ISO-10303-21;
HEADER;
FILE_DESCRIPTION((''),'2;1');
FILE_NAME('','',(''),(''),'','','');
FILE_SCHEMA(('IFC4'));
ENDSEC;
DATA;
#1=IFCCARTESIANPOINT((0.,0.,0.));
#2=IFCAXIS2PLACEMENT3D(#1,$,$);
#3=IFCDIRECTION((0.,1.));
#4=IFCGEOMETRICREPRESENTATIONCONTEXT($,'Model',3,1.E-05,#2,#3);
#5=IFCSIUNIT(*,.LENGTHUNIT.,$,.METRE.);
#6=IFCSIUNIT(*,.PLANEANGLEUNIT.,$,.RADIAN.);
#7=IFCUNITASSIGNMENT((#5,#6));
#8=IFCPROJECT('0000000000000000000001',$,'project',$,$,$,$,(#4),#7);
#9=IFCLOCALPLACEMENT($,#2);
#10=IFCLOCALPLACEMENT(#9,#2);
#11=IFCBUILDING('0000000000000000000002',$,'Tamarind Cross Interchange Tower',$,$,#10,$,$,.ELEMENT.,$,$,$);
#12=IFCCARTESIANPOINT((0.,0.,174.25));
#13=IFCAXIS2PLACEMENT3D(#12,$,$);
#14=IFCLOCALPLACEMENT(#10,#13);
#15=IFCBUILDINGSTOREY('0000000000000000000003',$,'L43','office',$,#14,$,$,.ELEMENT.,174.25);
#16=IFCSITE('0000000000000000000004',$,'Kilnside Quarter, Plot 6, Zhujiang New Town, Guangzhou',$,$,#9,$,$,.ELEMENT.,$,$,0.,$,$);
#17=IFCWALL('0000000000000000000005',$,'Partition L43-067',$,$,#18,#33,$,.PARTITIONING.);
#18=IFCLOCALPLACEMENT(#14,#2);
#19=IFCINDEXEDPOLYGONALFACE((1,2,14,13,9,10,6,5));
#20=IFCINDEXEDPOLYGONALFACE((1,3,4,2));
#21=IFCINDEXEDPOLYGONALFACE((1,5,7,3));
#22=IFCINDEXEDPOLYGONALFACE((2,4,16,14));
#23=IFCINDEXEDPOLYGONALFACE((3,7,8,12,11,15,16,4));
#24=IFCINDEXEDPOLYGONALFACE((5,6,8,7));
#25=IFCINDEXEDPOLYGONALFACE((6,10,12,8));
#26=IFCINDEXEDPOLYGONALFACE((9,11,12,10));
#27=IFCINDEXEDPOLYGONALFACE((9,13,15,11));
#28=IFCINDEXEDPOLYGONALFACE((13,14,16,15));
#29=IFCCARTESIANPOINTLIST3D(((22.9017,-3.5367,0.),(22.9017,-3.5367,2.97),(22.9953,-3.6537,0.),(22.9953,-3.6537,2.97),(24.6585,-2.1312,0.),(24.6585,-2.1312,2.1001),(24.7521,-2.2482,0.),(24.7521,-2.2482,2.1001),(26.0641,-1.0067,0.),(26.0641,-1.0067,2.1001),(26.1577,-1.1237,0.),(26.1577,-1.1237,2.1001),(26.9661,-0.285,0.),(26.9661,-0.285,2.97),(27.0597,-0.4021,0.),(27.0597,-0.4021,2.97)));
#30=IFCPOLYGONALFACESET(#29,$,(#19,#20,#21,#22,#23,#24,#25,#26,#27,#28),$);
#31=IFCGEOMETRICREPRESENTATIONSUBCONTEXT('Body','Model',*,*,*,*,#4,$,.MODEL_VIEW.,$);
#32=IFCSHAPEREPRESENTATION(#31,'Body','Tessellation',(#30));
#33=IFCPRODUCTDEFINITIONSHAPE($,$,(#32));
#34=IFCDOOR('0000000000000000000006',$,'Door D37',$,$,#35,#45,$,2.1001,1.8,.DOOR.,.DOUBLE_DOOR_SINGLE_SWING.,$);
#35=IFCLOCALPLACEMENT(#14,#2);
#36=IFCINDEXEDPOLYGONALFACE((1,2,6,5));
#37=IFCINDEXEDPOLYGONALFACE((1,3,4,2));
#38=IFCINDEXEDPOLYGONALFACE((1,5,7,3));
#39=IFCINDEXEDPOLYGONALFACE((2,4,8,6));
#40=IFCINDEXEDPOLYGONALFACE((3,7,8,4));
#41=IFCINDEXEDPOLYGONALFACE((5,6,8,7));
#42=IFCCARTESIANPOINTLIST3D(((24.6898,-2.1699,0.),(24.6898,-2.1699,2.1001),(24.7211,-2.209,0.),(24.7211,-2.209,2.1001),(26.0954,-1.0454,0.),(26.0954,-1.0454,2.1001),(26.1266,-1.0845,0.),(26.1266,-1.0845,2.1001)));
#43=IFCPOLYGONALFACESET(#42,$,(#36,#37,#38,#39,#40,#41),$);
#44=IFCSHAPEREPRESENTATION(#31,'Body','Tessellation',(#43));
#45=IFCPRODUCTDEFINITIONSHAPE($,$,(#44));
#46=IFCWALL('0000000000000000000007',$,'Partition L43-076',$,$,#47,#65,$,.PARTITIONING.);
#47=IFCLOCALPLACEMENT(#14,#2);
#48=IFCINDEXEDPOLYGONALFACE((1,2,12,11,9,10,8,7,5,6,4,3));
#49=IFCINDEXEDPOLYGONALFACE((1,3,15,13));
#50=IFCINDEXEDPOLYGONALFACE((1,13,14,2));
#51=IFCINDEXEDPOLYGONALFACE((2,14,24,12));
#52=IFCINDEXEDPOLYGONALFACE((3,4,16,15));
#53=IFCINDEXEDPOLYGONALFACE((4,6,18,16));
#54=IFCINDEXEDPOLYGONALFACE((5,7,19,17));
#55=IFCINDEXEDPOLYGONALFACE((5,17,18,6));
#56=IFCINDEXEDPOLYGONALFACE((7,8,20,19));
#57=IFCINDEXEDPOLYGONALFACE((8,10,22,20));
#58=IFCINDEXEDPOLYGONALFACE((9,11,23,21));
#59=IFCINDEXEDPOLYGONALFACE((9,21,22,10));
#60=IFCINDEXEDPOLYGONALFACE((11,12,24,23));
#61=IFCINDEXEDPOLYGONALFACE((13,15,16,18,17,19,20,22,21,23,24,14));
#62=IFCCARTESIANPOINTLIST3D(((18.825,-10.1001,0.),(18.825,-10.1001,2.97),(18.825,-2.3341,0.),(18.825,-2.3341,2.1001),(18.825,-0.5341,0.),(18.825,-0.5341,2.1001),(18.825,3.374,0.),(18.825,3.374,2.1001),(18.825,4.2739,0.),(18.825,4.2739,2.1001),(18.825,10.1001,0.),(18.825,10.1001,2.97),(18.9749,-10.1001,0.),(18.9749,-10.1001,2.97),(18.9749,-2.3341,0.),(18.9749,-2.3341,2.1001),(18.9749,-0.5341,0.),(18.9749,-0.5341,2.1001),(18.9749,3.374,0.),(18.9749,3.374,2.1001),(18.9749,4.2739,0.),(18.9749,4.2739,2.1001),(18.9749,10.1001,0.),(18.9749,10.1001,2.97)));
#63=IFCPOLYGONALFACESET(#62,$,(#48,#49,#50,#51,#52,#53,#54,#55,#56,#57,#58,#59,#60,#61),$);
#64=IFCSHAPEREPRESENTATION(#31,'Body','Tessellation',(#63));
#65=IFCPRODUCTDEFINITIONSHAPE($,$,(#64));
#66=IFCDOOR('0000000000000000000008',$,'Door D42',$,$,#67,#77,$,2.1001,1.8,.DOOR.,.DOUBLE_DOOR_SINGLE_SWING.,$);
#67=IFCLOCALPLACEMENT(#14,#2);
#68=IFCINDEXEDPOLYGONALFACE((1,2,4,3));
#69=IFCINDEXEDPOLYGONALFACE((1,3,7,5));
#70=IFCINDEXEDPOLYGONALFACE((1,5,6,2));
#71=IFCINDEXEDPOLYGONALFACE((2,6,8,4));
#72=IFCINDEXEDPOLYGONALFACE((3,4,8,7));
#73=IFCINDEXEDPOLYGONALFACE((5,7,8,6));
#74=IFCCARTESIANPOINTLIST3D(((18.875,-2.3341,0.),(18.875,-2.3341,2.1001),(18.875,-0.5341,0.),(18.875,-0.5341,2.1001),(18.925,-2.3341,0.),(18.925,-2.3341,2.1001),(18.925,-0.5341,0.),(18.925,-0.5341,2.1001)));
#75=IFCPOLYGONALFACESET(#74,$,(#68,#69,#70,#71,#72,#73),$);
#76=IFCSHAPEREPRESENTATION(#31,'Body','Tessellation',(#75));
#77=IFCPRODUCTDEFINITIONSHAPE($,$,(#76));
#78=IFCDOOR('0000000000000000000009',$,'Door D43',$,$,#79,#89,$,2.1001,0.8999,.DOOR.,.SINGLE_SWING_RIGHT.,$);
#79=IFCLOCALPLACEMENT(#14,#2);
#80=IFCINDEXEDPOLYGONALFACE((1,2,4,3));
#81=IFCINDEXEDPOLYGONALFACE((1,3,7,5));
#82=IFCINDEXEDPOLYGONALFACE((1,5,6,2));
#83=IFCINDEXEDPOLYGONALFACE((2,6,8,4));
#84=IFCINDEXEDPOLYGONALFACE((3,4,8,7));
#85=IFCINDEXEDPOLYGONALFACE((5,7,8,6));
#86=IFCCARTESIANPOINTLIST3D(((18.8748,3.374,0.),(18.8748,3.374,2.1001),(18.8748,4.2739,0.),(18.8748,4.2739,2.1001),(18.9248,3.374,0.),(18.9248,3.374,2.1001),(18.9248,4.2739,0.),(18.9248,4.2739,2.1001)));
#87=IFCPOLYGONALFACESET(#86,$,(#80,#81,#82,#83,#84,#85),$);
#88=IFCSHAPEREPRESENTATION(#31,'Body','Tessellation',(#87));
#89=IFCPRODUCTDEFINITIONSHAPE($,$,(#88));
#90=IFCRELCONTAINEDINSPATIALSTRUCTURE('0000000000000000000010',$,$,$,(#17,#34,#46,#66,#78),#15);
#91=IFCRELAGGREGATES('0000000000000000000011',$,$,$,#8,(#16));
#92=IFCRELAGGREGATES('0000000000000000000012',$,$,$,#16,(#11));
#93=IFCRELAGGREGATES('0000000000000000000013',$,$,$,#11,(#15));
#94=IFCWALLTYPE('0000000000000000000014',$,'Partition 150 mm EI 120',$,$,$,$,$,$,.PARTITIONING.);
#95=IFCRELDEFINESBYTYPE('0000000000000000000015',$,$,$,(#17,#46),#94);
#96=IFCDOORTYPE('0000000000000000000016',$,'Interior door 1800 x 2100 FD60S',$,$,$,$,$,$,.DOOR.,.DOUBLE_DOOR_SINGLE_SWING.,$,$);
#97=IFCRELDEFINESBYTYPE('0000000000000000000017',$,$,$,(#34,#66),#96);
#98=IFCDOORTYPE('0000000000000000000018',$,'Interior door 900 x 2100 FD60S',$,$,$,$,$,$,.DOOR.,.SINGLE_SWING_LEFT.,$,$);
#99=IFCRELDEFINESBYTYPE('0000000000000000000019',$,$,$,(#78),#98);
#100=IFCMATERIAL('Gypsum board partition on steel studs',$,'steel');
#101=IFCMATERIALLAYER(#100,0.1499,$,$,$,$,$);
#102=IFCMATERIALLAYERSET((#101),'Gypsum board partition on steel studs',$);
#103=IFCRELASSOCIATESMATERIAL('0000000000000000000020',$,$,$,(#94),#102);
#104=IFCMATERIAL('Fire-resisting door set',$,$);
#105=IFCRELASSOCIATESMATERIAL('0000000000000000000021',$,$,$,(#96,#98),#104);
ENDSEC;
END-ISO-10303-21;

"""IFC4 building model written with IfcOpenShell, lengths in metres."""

from ifc_helpers import new_model, si_unit, direction, frame, frame_2d, origin, place, context, subcontext, project, spatial, rectangle, extrude, material, layer, layer_set, type_object, element, fill, save


model = new_model("IFC4")

# Units and contexts
model_context = context("Model", 3, precision=1e-05, world=origin(), true_north=direction((0.0, 1.0)))
body_context = subcontext(model_context, "Body", "Model", "MODEL_VIEW")
ifc_project = project(units=[si_unit("LENGTHUNIT", "METRE"), si_unit("PLANEANGLEUNIT", "RADIAN")], contexts=[model_context])

# Site, building, storey
site_placement = place(None, origin())
site = spatial("IfcSite", under=ifc_project, at=site_placement, Name="Kilnside Quarter, Plot 6, Zhujiang New Town, Guangzhou", CompositionType="ELEMENT", RefElevation=0.0)
building_placement = place(site_placement, origin())
building = spatial("IfcBuilding", under=site, at=building_placement, Name="Tamarind Cross Interchange Tower", CompositionType="ELEMENT")
storey_placement = place(building_placement, frame((0.0, 0.0, 174.25)))
storey = spatial("IfcBuildingStorey", under=building, at=storey_placement, Name="L43", Description="office", CompositionType="ELEMENT", Elevation=174.25)

# Shared definitions
ifc_material_1 = material(Name="Gypsum board partition on steel studs", Category="steel")
ifc_layer_1 = layer(ifc_material_1, 0.1499)
ifc_layer_set_1 = layer_set([ifc_layer_1], Name="Gypsum board partition on steel studs")
wall_type_1 = type_object("IfcWallType", Name="Partition 150 mm EI 120", PredefinedType="PARTITIONING", material=ifc_layer_set_1)

# Wall, opening, door
wall_1_placement = place(storey_placement, frame((22.9485, -3.5952, 0.0), z_axis=(0.0, 0.0, 1.0), x_axis=(0.780855, 0.624712, 0.0)))
wall_1 = element("IfcWall", 1, at=wall_1_placement, inside=storey, type_object=wall_type_1, Name="Partition L43-067", PredefinedType="PARTITIONING", context=body_context, shape_type="SweptSolid", body=[
    extrude(rectangle(XDim=5.2051, YDim=0.1499, at=frame_2d((2.6025, 0.0))), origin(), (0.0, 0.0, 1.0), 2.97),
])
opening_1_placement = place(wall_1_placement, frame((2.25, 0.0, 0.0)))
opening_1 = element("IfcOpeningElement", 2, at=opening_1_placement, cuts=wall_1, PredefinedType="OPENING", context=body_context, shape_type="SweptSolid", body=[
    extrude(rectangle(XDim=1.8, YDim=2.1001, at=frame_2d((0.8999, 1.05))), frame((0.0, 0.085, 0.0), z_axis=(0.0, -1.0, 0.0), x_axis=(1.0, 0.0, 0.0)), (0.0, 0.0, 1.0), 0.1699),
])
ifc_material_2 = material(Name="Fire-resisting door set")
door_type_1 = type_object("IfcDoorType", Name="Interior door 1800 x 2100 FD60S", OperationType="DOUBLE_DOOR_SINGLE_SWING", PredefinedType="DOOR", material=ifc_material_2)
door_1_placement = place(opening_1_placement, frame((1.8, 0.0, 0.0), z_axis=(0.0, 0.0, 1.0), x_axis=(-1.0, 0.0, 0.0)))
door_1 = element("IfcDoor", 3, at=door_1_placement, inside=storey, type_object=door_type_1, Name="Door D37", OperationType="DOUBLE_DOOR_SINGLE_SWING", OverallHeight=2.1001, OverallWidth=1.8, PredefinedType="DOOR", context=body_context, shape_type="SweptSolid", body=[
    extrude(rectangle(XDim=1.8, YDim=2.1001, at=frame_2d((0.8999, 1.05))), frame((0.0, 0.0249, 0.0), z_axis=(0.0, -1.0, 0.0), x_axis=(1.0, 0.0, 0.0)), (0.0, 0.0, 1.0), 0.05),
])
fill(opening_1, door_1)

# Wall, openings, doors
wall_2_placement = place(storey_placement, frame((18.8999, -10.1001, 0.0), z_axis=(0.0, 0.0, 1.0), x_axis=(0.0, 1.0, 0.0)))
wall_2 = element("IfcWall", 4, at=wall_2_placement, inside=storey, type_object=wall_type_1, Name="Partition L43-076", PredefinedType="PARTITIONING", context=body_context, shape_type="SweptSolid", body=[
    extrude(rectangle(XDim=20.2002, YDim=0.1499, at=frame_2d((10.1001, 0.0))), origin(), (0.0, 0.0, 1.0), 2.97),
])
opening_2_placement = place(wall_2_placement, frame((7.7661, 0.0, 0.0)))
opening_2 = element("IfcOpeningElement", 5, at=opening_2_placement, cuts=wall_2, PredefinedType="OPENING", context=body_context, shape_type="SweptSolid", body=[
    extrude(rectangle(XDim=1.8, YDim=2.1001, at=frame_2d((0.8999, 1.05))), frame((0.0, 0.085, 0.0), z_axis=(0.0, -1.0, 0.0), x_axis=(1.0, 0.0, 0.0)), (0.0, 0.0, 1.0), 0.1699),
])
opening_3_placement = place(wall_2_placement, frame((13.4741, 0.0, 0.0)))
opening_3 = element("IfcOpeningElement", 6, at=opening_3_placement, cuts=wall_2, PredefinedType="OPENING", context=body_context, shape_type="SweptSolid", body=[
    extrude(rectangle(XDim=0.8999, YDim=2.1001, at=frame_2d((0.45, 1.05))), frame((0.0, 0.085, 0.0), z_axis=(0.0, -1.0, 0.0), x_axis=(1.0, 0.0, 0.0)), (0.0, 0.0, 1.0), 0.1699),
])
door_2_placement = place(opening_2_placement, origin())
door_2 = element("IfcDoor", 7, at=door_2_placement, inside=storey, type_object=door_type_1, Name="Door D42", OperationType="DOUBLE_DOOR_SINGLE_SWING", OverallHeight=2.1001, OverallWidth=1.8, PredefinedType="DOOR", context=body_context, shape_type="SweptSolid", body=[
    extrude(rectangle(XDim=1.8, YDim=2.1001, at=frame_2d((0.8999, 1.05))), frame((0.0, 0.0249, 0.0), z_axis=(0.0, -1.0, 0.0), x_axis=(1.0, 0.0, 0.0)), (0.0, 0.0, 1.0), 0.05),
])
fill(opening_2, door_2)
door_type_2 = type_object("IfcDoorType", Name="Interior door 900 x 2100 FD60S", OperationType="SINGLE_SWING_LEFT", PredefinedType="DOOR", material=ifc_material_2)
door_3_placement = place(opening_3_placement, frame((0.8999, 0.0, 0.0), z_axis=(0.0, 0.0, 1.0), x_axis=(-1.0, 0.0, 0.0)))
door_3 = element("IfcDoor", 8, at=door_3_placement, inside=storey, type_object=door_type_2, Name="Door D43", OperationType="SINGLE_SWING_RIGHT", OverallHeight=2.1001, OverallWidth=0.8999, PredefinedType="DOOR", context=body_context, shape_type="SweptSolid", body=[
    extrude(rectangle(XDim=0.8999, YDim=2.1001, at=frame_2d((0.45, 1.05))), frame((0.0, 0.0249, 0.0), z_axis=(0.0, -1.0, 0.0), x_axis=(1.0, 0.0, 0.0)), (0.0, 0.0, 1.0), 0.05),
])
fill(opening_3, door_3)

save(model, "model.ifc")
